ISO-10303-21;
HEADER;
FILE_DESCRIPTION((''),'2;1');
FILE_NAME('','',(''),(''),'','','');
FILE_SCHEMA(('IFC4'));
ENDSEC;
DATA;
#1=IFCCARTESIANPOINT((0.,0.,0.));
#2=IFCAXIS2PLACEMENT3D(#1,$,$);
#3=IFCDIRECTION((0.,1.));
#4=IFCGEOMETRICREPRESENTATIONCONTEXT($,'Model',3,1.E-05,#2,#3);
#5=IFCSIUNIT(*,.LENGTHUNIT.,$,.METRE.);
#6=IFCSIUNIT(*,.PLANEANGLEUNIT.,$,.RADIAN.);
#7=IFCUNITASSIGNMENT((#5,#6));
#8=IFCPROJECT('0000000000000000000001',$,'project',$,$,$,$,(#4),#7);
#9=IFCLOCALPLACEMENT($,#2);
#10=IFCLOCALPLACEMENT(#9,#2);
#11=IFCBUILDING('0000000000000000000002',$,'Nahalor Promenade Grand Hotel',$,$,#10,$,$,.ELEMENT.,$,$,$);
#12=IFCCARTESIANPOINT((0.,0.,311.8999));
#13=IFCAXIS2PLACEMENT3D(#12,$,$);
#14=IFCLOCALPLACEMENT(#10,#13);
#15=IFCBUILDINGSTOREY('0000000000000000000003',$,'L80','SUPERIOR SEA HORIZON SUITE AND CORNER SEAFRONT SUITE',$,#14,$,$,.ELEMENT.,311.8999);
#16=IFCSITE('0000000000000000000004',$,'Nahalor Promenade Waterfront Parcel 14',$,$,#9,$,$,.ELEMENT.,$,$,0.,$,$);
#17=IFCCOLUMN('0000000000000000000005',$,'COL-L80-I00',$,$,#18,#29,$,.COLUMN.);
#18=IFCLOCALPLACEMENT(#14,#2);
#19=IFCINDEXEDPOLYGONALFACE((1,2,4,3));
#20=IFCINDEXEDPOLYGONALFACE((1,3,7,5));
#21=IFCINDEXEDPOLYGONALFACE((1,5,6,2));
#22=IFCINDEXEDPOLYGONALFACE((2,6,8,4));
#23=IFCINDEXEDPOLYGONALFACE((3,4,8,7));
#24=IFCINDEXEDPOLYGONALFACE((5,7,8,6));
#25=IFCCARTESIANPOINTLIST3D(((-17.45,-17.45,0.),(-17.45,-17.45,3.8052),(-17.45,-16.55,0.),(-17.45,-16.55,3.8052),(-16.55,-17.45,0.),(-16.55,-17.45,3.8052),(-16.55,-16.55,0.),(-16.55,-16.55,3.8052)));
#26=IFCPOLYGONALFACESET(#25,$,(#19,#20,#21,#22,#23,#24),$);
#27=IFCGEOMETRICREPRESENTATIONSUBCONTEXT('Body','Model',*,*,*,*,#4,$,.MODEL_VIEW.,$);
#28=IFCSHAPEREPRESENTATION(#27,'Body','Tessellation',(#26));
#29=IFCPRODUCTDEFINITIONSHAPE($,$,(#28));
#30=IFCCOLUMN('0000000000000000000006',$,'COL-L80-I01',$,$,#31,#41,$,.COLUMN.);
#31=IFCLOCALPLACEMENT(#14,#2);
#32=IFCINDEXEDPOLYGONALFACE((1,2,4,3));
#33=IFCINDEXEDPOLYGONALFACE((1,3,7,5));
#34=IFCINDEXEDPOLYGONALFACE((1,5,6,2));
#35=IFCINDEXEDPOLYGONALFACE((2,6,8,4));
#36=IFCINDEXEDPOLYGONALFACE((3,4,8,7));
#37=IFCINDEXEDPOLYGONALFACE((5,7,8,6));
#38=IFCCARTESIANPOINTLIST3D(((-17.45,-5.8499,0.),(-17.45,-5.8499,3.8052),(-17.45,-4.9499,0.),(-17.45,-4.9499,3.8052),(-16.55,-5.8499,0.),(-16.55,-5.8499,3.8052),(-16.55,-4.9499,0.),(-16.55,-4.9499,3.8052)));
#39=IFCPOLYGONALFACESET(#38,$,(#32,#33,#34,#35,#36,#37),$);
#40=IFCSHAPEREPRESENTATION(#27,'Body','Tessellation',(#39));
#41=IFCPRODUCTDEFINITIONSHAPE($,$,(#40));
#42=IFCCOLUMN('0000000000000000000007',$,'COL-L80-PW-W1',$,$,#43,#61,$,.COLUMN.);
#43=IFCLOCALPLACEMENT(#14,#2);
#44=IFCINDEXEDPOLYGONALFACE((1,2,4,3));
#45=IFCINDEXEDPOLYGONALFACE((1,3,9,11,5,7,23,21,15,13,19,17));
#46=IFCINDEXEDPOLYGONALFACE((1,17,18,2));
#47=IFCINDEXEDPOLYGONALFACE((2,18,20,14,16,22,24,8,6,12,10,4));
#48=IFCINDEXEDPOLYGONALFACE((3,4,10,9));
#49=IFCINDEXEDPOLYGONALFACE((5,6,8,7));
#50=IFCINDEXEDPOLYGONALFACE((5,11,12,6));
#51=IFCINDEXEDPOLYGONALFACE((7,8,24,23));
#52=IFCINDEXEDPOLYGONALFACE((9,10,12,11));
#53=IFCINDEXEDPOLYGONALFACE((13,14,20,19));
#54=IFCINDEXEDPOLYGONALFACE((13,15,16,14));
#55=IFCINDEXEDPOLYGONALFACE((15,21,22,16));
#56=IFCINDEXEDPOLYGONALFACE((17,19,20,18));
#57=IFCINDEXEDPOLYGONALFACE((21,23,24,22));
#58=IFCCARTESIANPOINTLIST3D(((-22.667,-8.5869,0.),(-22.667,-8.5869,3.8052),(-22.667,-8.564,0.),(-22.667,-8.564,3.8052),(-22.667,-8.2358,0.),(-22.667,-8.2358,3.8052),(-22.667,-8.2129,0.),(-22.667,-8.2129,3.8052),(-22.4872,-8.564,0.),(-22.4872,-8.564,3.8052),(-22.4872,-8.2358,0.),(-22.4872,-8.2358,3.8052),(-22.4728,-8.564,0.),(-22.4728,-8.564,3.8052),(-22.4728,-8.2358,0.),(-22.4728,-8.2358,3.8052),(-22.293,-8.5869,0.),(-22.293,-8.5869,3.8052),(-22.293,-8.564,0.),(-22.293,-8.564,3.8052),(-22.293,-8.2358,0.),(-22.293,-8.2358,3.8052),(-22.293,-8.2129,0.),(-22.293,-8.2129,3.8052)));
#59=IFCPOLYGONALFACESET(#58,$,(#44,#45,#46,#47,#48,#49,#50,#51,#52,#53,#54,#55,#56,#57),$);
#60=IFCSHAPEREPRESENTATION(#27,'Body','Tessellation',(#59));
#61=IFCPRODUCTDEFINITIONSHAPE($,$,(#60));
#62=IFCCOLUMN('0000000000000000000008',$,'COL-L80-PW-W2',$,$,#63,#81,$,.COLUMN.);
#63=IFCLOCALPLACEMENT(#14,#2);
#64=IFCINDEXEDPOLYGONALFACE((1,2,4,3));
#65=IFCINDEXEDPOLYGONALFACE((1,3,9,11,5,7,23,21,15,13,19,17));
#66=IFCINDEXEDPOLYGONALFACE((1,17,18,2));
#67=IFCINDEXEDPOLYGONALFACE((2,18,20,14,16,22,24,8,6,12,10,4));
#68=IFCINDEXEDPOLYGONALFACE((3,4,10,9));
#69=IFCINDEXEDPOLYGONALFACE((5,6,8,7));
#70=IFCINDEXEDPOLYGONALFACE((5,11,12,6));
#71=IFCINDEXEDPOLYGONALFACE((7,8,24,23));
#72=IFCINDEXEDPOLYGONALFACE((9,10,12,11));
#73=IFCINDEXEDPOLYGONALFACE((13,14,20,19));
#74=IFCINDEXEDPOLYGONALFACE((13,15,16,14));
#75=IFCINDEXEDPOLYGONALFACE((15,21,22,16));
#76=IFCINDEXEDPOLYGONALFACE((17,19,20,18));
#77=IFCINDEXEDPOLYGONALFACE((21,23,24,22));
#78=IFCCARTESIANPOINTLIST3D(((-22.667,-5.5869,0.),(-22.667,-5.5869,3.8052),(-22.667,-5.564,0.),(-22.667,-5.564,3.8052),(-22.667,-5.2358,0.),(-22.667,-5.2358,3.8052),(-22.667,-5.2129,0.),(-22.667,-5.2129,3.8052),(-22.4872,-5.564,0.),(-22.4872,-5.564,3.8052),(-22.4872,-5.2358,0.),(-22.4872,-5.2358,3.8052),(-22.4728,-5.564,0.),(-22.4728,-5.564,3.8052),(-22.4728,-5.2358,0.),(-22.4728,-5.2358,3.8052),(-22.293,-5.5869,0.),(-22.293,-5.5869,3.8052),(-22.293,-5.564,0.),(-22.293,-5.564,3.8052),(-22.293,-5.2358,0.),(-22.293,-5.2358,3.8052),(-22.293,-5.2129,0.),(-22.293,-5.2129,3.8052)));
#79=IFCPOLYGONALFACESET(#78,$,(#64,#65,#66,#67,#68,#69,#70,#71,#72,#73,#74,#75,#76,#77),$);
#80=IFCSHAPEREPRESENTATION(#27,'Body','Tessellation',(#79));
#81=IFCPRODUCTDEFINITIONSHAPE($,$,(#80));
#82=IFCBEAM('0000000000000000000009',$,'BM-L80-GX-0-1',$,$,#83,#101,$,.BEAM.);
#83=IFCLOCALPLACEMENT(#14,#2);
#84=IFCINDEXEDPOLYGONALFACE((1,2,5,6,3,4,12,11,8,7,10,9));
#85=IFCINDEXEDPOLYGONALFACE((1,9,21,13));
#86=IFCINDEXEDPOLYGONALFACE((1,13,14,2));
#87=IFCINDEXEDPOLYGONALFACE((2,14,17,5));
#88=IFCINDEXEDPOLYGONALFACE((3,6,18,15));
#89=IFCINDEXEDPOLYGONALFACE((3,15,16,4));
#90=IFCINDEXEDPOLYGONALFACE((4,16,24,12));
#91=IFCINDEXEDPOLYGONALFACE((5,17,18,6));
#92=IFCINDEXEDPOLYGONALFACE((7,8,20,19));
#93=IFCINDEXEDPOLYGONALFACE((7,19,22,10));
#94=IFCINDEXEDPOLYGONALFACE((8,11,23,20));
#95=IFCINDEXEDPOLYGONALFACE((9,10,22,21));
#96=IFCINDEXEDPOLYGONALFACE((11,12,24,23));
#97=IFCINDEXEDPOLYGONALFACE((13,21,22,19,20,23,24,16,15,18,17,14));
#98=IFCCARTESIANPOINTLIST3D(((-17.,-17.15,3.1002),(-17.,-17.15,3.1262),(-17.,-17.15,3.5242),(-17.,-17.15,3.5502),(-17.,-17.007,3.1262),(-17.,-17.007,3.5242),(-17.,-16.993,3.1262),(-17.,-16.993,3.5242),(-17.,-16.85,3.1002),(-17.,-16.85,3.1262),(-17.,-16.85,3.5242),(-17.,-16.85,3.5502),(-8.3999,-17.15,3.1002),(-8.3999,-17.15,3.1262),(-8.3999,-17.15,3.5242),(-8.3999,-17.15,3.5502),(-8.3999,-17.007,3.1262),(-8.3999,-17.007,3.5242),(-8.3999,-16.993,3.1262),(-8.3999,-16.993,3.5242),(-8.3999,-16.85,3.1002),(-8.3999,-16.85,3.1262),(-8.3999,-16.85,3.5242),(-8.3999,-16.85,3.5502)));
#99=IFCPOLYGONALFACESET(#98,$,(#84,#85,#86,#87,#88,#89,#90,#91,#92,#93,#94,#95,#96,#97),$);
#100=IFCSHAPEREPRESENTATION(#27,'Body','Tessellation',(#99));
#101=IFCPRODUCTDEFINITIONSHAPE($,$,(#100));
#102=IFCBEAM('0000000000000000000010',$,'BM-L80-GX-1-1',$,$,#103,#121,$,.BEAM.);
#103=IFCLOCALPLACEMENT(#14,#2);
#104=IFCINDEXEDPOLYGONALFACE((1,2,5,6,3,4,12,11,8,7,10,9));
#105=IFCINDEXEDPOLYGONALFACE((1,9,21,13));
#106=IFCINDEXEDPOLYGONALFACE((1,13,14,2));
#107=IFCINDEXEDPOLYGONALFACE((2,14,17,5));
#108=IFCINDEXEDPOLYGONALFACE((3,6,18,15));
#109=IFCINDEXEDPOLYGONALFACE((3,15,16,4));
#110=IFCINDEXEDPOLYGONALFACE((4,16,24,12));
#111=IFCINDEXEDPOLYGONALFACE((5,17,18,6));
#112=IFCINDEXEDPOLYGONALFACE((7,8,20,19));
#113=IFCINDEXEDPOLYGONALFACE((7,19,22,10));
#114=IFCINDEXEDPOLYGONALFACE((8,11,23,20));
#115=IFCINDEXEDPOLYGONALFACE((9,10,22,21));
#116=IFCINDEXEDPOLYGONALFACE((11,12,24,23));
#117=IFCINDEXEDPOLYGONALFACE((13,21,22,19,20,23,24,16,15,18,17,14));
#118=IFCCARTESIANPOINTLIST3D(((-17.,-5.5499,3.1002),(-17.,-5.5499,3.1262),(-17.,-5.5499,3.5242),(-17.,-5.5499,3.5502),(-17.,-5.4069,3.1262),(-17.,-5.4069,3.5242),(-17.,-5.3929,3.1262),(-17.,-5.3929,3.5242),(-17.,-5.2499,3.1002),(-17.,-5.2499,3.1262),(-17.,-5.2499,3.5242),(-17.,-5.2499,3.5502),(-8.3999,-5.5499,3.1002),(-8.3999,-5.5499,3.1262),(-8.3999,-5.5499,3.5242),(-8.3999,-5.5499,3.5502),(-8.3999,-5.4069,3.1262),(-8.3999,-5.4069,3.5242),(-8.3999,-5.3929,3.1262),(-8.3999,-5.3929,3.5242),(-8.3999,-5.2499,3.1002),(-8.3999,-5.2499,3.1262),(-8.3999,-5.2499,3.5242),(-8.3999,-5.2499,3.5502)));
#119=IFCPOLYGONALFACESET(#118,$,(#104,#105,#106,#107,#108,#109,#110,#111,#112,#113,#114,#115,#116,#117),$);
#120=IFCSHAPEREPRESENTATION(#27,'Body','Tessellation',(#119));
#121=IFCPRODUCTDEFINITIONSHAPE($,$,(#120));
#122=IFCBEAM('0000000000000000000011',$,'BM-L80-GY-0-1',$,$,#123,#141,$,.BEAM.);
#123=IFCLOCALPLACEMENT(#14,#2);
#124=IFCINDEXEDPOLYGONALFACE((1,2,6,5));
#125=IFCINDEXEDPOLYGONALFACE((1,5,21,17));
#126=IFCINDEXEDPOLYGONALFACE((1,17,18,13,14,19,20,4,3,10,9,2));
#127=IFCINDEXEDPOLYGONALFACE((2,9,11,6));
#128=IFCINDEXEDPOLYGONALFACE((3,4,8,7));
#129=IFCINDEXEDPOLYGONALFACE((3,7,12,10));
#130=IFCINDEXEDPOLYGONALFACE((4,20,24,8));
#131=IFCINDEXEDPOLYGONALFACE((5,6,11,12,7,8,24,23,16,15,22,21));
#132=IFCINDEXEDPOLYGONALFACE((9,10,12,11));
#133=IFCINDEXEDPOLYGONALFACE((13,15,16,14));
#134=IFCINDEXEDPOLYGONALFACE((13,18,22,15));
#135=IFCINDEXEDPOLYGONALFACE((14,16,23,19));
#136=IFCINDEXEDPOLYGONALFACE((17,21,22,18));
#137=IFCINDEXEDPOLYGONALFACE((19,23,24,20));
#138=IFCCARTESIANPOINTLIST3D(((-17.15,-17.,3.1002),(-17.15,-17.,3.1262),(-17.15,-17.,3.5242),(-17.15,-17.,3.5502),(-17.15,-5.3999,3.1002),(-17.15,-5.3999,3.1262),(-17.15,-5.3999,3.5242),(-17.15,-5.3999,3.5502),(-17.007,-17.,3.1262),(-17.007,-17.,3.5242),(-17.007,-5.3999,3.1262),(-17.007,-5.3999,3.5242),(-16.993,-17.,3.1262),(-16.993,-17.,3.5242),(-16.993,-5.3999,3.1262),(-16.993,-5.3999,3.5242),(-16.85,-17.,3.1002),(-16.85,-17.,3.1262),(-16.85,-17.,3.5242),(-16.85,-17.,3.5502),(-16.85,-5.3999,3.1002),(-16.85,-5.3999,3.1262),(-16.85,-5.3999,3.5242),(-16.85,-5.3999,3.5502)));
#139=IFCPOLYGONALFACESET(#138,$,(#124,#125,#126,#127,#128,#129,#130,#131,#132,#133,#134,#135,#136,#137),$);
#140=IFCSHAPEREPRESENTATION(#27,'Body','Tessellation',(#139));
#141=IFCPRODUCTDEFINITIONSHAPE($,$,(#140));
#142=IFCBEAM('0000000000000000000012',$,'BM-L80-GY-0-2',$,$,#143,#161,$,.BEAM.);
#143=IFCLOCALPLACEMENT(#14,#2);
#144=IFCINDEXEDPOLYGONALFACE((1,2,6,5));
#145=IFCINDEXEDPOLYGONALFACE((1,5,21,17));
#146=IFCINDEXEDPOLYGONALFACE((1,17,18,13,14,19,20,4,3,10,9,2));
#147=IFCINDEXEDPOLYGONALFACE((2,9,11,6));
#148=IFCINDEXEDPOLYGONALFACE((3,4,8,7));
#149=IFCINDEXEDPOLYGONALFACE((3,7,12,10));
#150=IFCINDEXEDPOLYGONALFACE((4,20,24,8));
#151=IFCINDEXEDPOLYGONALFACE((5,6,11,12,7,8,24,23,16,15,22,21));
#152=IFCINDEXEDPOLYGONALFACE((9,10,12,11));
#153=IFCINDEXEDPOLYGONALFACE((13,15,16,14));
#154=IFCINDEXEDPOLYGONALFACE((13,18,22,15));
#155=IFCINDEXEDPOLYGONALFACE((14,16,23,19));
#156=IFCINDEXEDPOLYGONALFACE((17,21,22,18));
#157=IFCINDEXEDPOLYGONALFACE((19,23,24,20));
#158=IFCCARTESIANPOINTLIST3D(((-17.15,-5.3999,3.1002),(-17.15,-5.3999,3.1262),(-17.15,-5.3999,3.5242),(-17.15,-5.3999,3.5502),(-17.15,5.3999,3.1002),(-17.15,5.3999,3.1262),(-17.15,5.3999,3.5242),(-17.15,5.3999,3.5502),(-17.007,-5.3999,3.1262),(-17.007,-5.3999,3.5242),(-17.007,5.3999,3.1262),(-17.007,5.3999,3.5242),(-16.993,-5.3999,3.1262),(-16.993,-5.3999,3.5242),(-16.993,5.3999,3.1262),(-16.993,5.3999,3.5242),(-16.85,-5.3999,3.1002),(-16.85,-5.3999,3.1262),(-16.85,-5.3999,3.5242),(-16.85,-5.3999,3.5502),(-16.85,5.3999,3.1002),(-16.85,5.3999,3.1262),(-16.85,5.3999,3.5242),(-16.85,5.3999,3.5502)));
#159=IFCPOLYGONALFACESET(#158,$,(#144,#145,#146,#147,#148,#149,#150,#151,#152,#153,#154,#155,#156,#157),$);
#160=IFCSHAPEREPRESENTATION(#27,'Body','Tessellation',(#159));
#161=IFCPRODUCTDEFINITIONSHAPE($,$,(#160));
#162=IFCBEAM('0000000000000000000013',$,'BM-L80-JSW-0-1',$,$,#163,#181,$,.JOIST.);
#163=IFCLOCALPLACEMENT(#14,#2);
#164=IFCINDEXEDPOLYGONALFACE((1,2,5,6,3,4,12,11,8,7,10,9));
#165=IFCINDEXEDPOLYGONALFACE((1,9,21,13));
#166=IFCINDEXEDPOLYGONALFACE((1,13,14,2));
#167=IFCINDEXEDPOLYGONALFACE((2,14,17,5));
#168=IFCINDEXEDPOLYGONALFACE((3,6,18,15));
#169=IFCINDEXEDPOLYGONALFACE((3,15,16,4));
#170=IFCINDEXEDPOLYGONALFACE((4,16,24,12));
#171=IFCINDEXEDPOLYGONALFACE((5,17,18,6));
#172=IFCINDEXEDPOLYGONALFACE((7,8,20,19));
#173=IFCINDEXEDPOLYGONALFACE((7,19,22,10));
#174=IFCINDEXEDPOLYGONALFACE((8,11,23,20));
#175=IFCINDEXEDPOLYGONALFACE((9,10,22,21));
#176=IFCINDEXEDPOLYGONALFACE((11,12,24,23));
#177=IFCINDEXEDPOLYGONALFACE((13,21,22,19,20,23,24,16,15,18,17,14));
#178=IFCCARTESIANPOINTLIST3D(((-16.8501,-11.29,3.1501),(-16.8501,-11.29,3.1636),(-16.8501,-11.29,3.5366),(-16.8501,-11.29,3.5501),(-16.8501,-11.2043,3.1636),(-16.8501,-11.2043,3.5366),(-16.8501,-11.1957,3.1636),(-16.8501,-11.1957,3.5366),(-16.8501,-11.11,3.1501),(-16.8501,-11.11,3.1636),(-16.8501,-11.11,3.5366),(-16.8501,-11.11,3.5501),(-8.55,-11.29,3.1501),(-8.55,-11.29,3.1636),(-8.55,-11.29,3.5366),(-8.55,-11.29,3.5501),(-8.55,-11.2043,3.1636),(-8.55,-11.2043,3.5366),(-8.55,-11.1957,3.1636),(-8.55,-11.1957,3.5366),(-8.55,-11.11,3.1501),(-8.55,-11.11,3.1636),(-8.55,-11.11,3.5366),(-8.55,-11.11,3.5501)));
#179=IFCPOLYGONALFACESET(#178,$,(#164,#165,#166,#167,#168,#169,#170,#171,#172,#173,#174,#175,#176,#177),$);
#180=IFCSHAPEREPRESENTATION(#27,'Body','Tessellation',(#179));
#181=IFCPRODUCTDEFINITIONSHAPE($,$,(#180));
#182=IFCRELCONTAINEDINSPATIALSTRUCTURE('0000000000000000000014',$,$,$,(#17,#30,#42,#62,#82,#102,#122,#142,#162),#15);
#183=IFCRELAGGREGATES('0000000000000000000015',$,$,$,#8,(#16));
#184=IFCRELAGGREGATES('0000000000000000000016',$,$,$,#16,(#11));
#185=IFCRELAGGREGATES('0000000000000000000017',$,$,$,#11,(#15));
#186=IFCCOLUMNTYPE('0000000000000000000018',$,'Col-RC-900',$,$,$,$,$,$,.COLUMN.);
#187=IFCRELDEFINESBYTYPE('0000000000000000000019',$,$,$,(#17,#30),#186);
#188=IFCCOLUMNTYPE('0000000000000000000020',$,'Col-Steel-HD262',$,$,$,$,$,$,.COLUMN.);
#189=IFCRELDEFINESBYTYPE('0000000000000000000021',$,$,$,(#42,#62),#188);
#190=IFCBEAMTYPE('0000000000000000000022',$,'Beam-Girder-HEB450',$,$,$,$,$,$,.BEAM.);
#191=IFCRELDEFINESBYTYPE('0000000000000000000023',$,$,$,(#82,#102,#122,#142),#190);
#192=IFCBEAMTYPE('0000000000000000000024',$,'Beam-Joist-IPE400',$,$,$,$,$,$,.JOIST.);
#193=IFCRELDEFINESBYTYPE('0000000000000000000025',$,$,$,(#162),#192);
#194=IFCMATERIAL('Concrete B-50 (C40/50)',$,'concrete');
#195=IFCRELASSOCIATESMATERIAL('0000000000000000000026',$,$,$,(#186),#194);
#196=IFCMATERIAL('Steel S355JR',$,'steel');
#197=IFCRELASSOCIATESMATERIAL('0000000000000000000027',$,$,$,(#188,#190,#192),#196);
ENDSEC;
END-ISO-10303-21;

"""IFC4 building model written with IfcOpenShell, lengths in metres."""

from ifc_helpers import new_model, si_unit, direction, frame, origin, origin_2d, place, context, subcontext, project, spatial, rectangle, i_section, extrude, source, transform, mapped, material, material_profile, profile_set, type_object, element, save


model = new_model("IFC4")

# Units and contexts
model_context = context("Model", 3, precision=1e-05, world=origin(), true_north=direction((0.0, 1.0)))
body_context = subcontext(model_context, "Body", "Model", "MODEL_VIEW")
ifc_project = project(units=[si_unit("LENGTHUNIT", "METRE"), si_unit("PLANEANGLEUNIT", "RADIAN")], contexts=[model_context])

# Site, building, storey
site_placement = place(None, origin())
site = spatial("IfcSite", under=ifc_project, at=site_placement, Name="Nahalor Promenade Waterfront Parcel 14", CompositionType="ELEMENT", RefElevation=0.0)
building_placement = place(site_placement, origin())
building = spatial("IfcBuilding", under=site, at=building_placement, Name="Nahalor Promenade Grand Hotel", CompositionType="ELEMENT")
storey_placement = place(building_placement, frame((0.0, 0.0, 311.8999)))
storey = spatial("IfcBuildingStorey", under=building, at=storey_placement, Name="L80", Description="SUPERIOR SEA HORIZON SUITE AND CORNER SEAFRONT SUITE", CompositionType="ELEMENT", Elevation=311.8999)

# Columns
ifc_material_1 = material(Name="Concrete B-50 (C40/50)", Category="concrete")
ifc_material_profile_1 = material_profile(ifc_material_1, rectangle(XDim=0.9, YDim=0.9, at=origin_2d()), Name="RC 900x900")
ifc_profile_set_1 = profile_set([ifc_material_profile_1], Name="Concrete B-50 (C40/50)")
column_type_1 = type_object("IfcColumnType", Name="Col-RC-900", PredefinedType="COLUMN", material=ifc_profile_set_1)
shared_shape_1 = source(origin(), body_context, "Body", "SweptSolid", [
    extrude(rectangle(XDim=0.9, YDim=0.9, at=origin_2d()), origin(), (0.0, 0.0, 1.0), 3.8052),
])
for number, where, z_axis, x_axis, name in (
    (1, (-17.0, -17.0, 0.0), (0.0, 0.0, 1.0), (1.0, 0.0, 0.0), "COL-L80-I00"),
    (2, (-17.0, -5.3999, 0.0), (0.0, 0.0, 1.0), (1.0, 0.0, 0.0), "COL-L80-I01"),
):
    element("IfcColumn", number, at=place(storey_placement, frame(where, z_axis=z_axis, x_axis=x_axis)), inside=storey, type_object=column_type_1, Name=name, PredefinedType="COLUMN", context=body_context, shape_type="MappedRepresentation", body=[
        mapped(shared_shape_1, transform((0.0, 0.0, 0.0), scale=1.0)),
    ])
ifc_material_2 = material(Name="Steel S355JR", Category="steel")
ifc_material_profile_2 = material_profile(ifc_material_2, i_section(OverallWidth=0.374, OverallDepth=0.374, WebThickness=0.0144, FlangeThickness=0.0229, at=origin_2d()), Name="HD 360x262")
ifc_profile_set_2 = profile_set([ifc_material_profile_2], Name="Steel S355JR")
column_type_2 = type_object("IfcColumnType", Name="Col-Steel-HD262", PredefinedType="COLUMN", material=ifc_profile_set_2)
shared_shape_2 = source(origin(), body_context, "Body", "SweptSolid", [
    extrude(i_section(OverallWidth=0.374, OverallDepth=0.374, WebThickness=0.0144, FlangeThickness=0.0229, at=origin_2d()), origin(), (0.0, 0.0, 1.0), 3.8052),
])
for number, where, z_axis, x_axis, name in (
    (3, (-22.48, -8.3999, 0.0), (0.0, 0.0, 1.0), (1.0, 0.0, 0.0), "COL-L80-PW-W1"),
    (4, (-22.48, -5.3999, 0.0), (0.0, 0.0, 1.0), (1.0, 0.0, 0.0), "COL-L80-PW-W2"),
):
    element("IfcColumn", number, at=place(storey_placement, frame(where, z_axis=z_axis, x_axis=x_axis)), inside=storey, type_object=column_type_2, Name=name, PredefinedType="COLUMN", context=body_context, shape_type="MappedRepresentation", body=[
        mapped(shared_shape_2, transform((0.0, 0.0, 0.0), scale=1.0)),
    ])

# Beams
ifc_material_profile_3 = material_profile(ifc_material_2, i_section(OverallWidth=0.3, OverallDepth=0.45, WebThickness=0.014, FlangeThickness=0.026, at=origin_2d()), Name="HEB 450")
ifc_profile_set_3 = profile_set([ifc_material_profile_3], Name="Steel S355JR")
beam_type_1 = type_object("IfcBeamType", Name="Beam-Girder-HEB450", PredefinedType="BEAM", material=ifc_profile_set_3)
shared_shape_3 = source(origin(), body_context, "Body", "SweptSolid", [
    extrude(i_section(OverallWidth=0.3, OverallDepth=0.45, WebThickness=0.014, FlangeThickness=0.026, at=origin_2d()), origin(), (0.0, 0.0, 1.0), 8.6001),
])
for number, where, z_axis, x_axis, name in (
    (5, (-17.0, -17.0, 3.3252), (1.0, 0.0, 0.0), (0.0, 1.0, 0.0), "BM-L80-GX-0-1"),
    (6, (-17.0, -5.3999, 3.3252), (1.0, 0.0, 0.0), (0.0, 1.0, 0.0), "BM-L80-GX-1-1"),
):
    element("IfcBeam", number, at=place(storey_placement, frame(where, z_axis=z_axis, x_axis=x_axis)), inside=storey, type_object=beam_type_1, Name=name, PredefinedType="BEAM", context=body_context, shape_type="MappedRepresentation", body=[
        mapped(shared_shape_3, transform((0.0, 0.0, 0.0), scale=1.0)),
    ])
shared_shape_4 = source(origin(), body_context, "Body", "SweptSolid", [
    extrude(i_section(OverallWidth=0.3, OverallDepth=0.45, WebThickness=0.014, FlangeThickness=0.026, at=origin_2d()), origin(), (0.0, 0.0, 1.0), 11.6001),
])
beam_1_placement = place(storey_placement, frame((-17.0, -17.0, 3.3252), z_axis=(0.0, 1.0, 0.0), x_axis=(-1.0, 0.0, 0.0)))
element("IfcBeam", 7, at=beam_1_placement, inside=storey, type_object=beam_type_1, Name="BM-L80-GY-0-1", PredefinedType="BEAM", context=body_context, shape_type="MappedRepresentation", body=[
    mapped(shared_shape_4, transform((0.0, 0.0, 0.0), scale=1.0)),
])
shared_shape_5 = source(origin(), body_context, "Body", "SweptSolid", [
    extrude(i_section(OverallWidth=0.3, OverallDepth=0.45, WebThickness=0.014, FlangeThickness=0.026, at=origin_2d()), origin(), (0.0, 0.0, 1.0), 10.7998),
])
beam_2_placement = place(storey_placement, frame((-17.0, -5.3999, 3.3252), z_axis=(0.0, 1.0, 0.0), x_axis=(-1.0, 0.0, 0.0)))
element("IfcBeam", 8, at=beam_2_placement, inside=storey, type_object=beam_type_1, Name="BM-L80-GY-0-2", PredefinedType="BEAM", context=body_context, shape_type="MappedRepresentation", body=[
    mapped(shared_shape_5, transform((0.0, 0.0, 0.0), scale=1.0)),
])
ifc_material_profile_4 = material_profile(ifc_material_2, i_section(OverallWidth=0.18, OverallDepth=0.4, WebThickness=0.0086, FlangeThickness=0.0135, at=origin_2d()), Name="IPE 400")
ifc_profile_set_4 = profile_set([ifc_material_profile_4], Name="Steel S355JR")
beam_type_2 = type_object("IfcBeamType", Name="Beam-Joist-IPE400", PredefinedType="JOIST", material=ifc_profile_set_4)
shared_shape_6 = source(origin(), body_context, "Body", "SweptSolid", [
    extrude(i_section(OverallWidth=0.18, OverallDepth=0.4, WebThickness=0.0086, FlangeThickness=0.0135, at=origin_2d()), origin(), (0.0, 0.0, 1.0), 8.3),
])
beam_3_placement = place(storey_placement, frame((-16.8501, -11.2, 3.3501), z_axis=(1.0, 0.0, 0.0), x_axis=(0.0, 1.0, 0.0)))
element("IfcBeam", 9, at=beam_3_placement, inside=storey, type_object=beam_type_2, Name="BM-L80-JSW-0-1", PredefinedType="JOIST", context=body_context, shape_type="MappedRepresentation", body=[
    mapped(shared_shape_6, transform((0.0, 0.0, 0.0), scale=1.0)),
])

save(model, "model.ifc")
